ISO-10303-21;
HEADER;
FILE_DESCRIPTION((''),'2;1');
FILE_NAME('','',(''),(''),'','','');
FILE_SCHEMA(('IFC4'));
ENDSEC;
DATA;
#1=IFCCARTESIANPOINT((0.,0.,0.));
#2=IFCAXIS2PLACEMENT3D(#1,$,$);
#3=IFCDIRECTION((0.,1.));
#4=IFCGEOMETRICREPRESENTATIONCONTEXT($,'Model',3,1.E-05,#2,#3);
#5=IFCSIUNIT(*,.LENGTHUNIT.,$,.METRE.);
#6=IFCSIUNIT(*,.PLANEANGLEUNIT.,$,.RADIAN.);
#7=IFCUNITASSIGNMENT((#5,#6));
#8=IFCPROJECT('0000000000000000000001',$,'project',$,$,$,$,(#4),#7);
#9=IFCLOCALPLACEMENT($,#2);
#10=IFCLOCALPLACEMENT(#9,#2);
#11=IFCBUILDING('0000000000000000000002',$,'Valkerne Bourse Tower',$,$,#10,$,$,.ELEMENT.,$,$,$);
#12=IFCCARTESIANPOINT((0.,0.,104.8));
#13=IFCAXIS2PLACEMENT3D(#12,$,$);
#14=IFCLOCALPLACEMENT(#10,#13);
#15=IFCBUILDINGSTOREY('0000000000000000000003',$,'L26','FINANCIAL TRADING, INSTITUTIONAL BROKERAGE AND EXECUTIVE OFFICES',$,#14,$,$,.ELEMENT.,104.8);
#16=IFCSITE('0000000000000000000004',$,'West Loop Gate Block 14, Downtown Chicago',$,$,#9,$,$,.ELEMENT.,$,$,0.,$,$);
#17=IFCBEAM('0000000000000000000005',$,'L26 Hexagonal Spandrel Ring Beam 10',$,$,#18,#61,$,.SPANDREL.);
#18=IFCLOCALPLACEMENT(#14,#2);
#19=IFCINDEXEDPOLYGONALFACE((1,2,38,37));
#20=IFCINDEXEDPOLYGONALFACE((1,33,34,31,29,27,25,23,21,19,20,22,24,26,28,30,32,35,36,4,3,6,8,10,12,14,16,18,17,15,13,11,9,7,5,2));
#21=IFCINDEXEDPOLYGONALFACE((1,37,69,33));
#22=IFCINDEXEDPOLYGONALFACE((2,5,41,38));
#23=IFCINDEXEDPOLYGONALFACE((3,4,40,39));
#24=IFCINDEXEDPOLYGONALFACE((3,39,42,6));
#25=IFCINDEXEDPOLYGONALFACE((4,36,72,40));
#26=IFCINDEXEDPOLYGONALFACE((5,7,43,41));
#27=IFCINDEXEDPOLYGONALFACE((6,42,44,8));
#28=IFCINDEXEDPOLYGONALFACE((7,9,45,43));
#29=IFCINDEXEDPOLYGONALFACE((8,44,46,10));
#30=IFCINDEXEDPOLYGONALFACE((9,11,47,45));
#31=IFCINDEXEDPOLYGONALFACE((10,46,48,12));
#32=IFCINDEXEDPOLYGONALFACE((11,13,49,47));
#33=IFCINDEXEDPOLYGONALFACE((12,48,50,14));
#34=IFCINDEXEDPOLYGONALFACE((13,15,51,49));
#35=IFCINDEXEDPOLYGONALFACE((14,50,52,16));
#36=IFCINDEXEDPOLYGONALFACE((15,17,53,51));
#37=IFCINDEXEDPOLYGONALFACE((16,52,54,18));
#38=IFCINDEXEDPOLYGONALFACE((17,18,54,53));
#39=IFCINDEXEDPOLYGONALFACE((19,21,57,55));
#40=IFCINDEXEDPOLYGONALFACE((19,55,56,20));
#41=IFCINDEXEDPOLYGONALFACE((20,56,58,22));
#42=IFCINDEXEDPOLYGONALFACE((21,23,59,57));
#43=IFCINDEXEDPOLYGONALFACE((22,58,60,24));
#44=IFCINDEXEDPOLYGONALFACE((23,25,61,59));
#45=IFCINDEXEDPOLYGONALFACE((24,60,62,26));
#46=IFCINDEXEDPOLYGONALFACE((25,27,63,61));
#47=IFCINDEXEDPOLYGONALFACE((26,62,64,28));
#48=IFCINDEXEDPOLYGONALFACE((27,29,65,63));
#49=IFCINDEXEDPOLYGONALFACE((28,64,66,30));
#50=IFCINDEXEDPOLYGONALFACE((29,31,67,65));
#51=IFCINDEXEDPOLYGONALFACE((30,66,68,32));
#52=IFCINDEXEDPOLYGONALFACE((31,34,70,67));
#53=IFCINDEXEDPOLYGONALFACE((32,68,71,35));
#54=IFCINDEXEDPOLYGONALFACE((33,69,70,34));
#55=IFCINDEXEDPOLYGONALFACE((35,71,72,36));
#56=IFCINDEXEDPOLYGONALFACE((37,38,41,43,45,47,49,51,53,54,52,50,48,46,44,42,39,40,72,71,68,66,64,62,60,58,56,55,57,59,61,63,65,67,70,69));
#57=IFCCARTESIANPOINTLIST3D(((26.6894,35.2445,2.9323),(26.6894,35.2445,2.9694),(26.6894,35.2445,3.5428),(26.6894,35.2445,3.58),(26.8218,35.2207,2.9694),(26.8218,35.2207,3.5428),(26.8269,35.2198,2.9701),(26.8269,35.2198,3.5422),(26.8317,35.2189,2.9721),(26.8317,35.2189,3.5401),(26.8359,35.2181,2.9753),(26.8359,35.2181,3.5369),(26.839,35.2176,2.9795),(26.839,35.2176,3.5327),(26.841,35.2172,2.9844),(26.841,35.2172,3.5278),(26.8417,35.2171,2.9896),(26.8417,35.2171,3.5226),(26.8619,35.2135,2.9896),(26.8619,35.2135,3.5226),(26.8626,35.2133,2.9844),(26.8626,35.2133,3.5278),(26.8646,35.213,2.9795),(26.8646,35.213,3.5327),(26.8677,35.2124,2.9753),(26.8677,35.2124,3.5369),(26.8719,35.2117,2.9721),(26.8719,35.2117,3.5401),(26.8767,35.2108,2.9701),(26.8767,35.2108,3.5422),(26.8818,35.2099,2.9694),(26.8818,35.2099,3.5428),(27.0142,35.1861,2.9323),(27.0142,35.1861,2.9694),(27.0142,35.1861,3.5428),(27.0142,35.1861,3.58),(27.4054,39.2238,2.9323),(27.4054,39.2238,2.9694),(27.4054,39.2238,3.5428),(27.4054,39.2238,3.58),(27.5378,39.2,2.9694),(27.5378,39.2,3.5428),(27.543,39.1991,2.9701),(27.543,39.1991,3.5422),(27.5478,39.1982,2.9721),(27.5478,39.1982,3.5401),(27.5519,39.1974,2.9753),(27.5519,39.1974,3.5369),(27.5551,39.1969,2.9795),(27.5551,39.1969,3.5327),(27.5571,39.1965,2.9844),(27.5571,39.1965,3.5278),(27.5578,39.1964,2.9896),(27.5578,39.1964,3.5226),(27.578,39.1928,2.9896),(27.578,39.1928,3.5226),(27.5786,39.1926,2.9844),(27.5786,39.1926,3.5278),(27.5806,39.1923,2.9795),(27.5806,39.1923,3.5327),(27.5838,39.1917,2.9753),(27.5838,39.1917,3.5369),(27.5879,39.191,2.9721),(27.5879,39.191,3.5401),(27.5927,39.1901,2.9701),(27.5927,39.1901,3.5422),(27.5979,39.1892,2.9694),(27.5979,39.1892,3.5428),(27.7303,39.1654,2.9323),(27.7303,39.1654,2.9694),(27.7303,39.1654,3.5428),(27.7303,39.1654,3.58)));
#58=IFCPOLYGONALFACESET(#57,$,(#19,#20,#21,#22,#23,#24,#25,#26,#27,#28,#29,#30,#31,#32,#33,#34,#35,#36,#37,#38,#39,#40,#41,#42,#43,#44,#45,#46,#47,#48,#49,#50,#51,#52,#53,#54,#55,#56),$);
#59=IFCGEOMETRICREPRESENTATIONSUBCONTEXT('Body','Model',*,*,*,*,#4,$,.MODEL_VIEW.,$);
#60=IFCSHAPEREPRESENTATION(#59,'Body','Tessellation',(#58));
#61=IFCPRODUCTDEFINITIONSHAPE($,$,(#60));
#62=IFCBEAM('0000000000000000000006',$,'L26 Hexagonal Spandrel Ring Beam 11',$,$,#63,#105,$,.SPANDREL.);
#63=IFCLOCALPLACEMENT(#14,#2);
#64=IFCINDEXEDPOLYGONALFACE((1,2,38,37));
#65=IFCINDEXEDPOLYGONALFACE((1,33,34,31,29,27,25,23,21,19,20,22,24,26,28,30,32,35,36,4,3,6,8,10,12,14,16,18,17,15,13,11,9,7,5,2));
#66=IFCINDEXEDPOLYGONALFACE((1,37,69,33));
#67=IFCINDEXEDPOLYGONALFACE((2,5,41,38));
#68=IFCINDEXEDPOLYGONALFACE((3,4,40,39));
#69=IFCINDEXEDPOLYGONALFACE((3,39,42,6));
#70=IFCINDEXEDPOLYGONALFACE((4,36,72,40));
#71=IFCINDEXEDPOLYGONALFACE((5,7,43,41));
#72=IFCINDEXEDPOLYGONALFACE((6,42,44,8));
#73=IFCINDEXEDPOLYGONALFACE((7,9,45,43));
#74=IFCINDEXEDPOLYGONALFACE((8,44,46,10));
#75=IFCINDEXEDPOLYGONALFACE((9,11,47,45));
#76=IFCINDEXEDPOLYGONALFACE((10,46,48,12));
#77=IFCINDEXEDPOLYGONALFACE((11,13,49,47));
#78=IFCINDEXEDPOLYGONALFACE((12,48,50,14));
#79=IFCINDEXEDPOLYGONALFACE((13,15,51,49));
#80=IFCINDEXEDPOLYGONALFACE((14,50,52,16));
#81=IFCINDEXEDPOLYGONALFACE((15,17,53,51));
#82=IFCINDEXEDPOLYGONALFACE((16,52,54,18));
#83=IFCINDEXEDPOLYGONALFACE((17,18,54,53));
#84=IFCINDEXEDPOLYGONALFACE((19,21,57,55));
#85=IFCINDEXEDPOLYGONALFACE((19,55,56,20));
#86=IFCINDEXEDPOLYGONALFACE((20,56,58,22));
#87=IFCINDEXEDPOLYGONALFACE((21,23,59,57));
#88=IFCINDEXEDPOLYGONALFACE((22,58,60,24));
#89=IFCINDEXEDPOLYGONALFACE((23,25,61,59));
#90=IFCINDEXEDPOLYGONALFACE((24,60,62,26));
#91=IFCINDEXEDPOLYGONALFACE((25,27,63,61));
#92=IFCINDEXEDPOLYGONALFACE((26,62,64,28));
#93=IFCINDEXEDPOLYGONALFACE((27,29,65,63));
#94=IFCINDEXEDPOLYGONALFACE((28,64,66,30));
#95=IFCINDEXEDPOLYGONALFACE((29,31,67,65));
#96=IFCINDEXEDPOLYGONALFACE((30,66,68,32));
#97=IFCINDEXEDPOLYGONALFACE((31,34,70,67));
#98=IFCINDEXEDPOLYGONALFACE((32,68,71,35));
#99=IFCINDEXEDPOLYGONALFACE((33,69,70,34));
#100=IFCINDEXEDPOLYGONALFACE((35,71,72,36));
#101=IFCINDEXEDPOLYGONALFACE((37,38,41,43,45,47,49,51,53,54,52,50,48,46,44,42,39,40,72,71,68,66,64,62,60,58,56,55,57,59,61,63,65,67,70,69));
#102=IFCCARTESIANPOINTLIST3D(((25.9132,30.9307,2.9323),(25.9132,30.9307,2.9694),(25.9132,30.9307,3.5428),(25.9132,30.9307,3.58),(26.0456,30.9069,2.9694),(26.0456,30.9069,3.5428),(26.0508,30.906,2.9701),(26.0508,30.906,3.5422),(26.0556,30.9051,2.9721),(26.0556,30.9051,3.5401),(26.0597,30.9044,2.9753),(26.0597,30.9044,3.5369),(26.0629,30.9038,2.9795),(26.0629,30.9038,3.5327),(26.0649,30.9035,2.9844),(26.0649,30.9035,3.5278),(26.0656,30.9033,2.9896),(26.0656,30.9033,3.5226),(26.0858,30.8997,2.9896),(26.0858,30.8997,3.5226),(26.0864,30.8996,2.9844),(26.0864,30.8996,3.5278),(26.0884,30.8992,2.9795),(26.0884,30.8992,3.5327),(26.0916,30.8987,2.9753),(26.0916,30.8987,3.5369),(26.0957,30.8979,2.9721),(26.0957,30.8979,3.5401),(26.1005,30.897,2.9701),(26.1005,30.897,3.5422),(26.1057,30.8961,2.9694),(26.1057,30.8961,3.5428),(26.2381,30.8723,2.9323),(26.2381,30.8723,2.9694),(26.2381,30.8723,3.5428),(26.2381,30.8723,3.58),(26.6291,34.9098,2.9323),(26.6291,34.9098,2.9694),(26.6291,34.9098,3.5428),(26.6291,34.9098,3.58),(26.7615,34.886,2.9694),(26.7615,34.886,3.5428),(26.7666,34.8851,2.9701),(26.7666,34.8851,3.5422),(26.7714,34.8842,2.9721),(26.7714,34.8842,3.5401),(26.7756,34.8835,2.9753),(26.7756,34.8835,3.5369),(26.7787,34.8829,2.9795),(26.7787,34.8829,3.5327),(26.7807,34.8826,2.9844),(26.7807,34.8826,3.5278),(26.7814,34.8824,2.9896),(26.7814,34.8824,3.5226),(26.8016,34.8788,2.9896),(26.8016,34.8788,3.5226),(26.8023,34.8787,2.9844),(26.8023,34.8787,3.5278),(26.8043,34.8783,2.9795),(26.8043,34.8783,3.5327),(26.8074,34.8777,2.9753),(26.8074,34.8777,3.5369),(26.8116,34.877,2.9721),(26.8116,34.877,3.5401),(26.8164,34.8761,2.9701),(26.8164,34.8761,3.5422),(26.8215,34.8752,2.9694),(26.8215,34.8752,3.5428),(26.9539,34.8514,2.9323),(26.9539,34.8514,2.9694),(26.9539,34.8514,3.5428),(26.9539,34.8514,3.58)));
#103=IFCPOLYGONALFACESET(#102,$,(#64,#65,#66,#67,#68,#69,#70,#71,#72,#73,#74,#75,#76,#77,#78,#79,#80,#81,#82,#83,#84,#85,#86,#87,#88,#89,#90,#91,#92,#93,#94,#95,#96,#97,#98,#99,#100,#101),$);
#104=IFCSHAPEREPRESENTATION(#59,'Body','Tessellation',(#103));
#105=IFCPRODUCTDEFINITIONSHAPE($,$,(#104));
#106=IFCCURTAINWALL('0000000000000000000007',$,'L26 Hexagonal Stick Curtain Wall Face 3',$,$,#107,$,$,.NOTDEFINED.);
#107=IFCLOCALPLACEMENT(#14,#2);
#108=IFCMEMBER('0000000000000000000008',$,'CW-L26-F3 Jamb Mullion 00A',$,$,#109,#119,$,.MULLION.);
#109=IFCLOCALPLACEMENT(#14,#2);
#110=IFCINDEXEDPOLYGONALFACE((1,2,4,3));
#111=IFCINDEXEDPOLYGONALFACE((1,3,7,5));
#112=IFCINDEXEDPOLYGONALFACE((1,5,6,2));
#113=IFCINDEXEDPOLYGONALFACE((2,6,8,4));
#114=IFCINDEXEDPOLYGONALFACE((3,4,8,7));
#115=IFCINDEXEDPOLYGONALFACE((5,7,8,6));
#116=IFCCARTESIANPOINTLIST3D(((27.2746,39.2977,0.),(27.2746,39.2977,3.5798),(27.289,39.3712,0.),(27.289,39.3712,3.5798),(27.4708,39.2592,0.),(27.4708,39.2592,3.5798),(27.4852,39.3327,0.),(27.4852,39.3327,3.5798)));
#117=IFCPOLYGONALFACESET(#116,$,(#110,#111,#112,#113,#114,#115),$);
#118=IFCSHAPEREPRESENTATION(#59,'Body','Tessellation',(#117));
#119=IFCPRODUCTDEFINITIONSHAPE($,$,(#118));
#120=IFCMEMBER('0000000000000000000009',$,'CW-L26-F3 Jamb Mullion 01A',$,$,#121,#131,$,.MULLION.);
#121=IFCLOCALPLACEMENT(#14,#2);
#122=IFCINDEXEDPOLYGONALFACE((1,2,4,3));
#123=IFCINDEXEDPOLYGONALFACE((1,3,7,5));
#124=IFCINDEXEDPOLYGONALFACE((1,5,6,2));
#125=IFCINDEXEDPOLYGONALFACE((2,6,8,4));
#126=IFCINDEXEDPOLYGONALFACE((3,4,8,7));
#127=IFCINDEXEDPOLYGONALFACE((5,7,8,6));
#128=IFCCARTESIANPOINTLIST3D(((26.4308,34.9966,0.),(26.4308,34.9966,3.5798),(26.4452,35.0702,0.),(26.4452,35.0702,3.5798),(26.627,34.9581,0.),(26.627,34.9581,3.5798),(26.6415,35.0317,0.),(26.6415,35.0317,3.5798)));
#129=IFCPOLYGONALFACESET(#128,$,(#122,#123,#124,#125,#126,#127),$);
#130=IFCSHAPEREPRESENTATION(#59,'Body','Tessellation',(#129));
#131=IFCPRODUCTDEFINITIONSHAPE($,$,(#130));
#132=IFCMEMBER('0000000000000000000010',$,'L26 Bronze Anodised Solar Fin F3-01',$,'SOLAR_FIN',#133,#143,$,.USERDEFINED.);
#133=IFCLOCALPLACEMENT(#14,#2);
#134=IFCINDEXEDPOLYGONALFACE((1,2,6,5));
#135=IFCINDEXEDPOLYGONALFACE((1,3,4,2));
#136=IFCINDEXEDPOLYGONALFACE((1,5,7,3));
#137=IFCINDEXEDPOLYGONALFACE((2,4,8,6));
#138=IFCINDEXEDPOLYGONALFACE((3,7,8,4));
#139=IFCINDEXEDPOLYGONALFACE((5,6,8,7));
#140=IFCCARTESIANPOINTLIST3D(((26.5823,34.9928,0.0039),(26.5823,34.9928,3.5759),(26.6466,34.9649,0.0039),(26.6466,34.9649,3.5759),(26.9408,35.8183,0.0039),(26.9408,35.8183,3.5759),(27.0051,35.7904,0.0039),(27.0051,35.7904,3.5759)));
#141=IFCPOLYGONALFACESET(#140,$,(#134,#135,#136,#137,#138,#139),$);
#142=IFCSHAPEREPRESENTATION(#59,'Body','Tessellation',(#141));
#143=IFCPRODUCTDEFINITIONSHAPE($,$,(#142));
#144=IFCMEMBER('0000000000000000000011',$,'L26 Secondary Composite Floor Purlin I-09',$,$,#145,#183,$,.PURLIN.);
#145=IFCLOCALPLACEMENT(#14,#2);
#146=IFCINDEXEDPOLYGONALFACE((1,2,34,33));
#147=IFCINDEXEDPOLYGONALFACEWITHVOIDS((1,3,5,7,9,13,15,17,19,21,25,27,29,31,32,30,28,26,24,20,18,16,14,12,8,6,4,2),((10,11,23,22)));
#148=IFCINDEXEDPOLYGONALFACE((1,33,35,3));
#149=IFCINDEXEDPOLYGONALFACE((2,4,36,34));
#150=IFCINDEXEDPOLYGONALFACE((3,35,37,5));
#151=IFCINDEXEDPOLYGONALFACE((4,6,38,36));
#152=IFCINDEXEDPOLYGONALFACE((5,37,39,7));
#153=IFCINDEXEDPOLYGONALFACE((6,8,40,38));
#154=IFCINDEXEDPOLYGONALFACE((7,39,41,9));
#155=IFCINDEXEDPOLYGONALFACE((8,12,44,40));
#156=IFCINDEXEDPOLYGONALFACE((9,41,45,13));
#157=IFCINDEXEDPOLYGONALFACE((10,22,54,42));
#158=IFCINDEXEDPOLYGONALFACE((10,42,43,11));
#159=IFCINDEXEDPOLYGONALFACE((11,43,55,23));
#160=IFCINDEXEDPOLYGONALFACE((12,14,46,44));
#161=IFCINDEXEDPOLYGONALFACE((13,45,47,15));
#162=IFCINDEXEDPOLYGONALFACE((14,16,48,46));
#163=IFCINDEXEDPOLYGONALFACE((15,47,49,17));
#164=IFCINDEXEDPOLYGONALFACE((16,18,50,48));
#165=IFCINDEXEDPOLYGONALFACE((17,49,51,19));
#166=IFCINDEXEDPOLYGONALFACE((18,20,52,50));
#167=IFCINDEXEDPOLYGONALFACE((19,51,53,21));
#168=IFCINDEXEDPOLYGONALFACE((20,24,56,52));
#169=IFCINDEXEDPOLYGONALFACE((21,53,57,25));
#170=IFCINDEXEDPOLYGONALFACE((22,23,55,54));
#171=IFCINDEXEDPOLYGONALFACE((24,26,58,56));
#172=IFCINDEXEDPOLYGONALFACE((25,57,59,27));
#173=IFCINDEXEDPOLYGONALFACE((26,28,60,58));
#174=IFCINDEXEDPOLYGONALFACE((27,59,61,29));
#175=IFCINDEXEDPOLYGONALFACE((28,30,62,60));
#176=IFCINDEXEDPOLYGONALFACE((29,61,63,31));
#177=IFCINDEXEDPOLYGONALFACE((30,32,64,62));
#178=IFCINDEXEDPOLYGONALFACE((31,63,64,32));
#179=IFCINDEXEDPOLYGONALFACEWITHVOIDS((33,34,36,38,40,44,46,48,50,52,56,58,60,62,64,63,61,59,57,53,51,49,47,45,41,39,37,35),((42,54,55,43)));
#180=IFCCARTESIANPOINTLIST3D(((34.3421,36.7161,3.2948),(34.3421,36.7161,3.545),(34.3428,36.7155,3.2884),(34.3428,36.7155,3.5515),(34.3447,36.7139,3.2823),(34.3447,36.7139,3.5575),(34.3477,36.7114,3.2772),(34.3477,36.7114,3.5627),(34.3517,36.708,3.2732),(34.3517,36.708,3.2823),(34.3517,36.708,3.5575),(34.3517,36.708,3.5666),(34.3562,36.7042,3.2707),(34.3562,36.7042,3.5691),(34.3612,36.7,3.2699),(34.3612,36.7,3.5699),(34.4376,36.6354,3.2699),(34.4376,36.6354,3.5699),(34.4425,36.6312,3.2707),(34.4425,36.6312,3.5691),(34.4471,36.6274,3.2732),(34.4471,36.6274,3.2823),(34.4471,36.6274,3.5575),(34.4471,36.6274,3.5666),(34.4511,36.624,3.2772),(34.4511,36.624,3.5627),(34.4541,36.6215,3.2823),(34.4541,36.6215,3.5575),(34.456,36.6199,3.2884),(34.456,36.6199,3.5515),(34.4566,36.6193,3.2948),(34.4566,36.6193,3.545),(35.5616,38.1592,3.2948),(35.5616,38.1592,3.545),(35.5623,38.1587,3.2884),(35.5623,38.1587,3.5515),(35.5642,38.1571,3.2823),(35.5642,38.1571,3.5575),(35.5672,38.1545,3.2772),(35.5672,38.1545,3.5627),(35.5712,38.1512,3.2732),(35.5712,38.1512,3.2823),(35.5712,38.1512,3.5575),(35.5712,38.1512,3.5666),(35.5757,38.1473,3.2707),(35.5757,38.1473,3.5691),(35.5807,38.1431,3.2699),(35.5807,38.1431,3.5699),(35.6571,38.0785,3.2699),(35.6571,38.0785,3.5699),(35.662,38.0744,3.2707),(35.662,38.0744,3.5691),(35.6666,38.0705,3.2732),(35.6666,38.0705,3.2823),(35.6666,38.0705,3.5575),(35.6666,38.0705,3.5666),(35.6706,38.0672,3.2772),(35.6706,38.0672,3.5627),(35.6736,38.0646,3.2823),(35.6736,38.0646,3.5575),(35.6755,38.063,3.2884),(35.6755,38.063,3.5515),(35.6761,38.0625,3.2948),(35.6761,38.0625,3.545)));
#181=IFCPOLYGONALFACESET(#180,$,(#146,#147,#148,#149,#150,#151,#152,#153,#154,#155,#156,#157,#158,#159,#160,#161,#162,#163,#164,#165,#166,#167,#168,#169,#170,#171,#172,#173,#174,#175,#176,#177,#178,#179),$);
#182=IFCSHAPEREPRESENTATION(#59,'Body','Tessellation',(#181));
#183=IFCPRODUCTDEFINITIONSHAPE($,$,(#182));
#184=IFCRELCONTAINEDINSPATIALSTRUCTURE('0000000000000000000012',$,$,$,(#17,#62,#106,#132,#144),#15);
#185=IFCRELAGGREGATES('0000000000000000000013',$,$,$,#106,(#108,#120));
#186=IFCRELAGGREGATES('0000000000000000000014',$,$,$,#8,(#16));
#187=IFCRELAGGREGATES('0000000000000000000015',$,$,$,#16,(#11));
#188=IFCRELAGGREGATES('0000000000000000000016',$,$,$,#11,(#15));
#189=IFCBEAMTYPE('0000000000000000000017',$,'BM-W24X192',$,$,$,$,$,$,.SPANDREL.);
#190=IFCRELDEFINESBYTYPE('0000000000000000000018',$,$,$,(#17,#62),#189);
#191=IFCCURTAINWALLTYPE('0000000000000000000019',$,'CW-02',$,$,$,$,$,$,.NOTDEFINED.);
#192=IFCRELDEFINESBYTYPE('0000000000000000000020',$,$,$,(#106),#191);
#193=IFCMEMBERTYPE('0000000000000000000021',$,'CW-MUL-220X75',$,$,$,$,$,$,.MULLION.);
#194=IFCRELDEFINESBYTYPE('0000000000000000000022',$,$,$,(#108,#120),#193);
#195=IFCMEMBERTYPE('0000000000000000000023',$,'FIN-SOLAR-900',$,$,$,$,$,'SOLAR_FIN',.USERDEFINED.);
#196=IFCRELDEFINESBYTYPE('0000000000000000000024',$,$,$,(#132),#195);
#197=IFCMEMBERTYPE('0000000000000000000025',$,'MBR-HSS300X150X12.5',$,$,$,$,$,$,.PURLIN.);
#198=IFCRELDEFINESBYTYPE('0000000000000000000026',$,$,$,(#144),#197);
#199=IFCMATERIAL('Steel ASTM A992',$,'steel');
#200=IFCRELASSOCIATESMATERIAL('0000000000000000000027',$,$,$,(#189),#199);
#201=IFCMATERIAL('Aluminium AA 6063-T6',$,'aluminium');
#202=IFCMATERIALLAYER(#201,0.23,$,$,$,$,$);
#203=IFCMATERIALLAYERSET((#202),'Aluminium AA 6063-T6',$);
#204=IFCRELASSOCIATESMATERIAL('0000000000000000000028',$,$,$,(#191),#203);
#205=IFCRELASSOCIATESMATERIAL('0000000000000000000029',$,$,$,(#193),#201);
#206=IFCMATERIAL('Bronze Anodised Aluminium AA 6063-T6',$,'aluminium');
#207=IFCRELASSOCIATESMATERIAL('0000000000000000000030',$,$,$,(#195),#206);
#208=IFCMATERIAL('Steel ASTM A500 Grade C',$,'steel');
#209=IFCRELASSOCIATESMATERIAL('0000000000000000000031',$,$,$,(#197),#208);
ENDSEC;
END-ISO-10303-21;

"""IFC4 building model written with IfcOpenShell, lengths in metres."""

from ifc_helpers import new_model, si_unit, direction, frame, origin, origin_2d, place, context, subcontext, project, spatial, rectangle, hollow_rectangle, i_section, extrude, material, layer, layer_set, material_profile, profile_set, type_object, element, aggregate, save


model = new_model("IFC4")

# Units and contexts
model_context = context("Model", 3, precision=1e-05, world=origin(), true_north=direction((0.0, 1.0)))
body_context = subcontext(model_context, "Body", "Model", "MODEL_VIEW")
ifc_project = project(units=[si_unit("LENGTHUNIT", "METRE"), si_unit("PLANEANGLEUNIT", "RADIAN")], contexts=[model_context])

# Site, building, storey
site_placement = place(None, origin())
site = spatial("IfcSite", under=ifc_project, at=site_placement, Name="West Loop Gate Block 14, Downtown Chicago", CompositionType="ELEMENT", RefElevation=0.0)
building_placement = place(site_placement, origin())
building = spatial("IfcBuilding", under=site, at=building_placement, Name="Valkerne Bourse Tower", CompositionType="ELEMENT")
storey_placement = place(building_placement, frame((0.0, 0.0, 104.8)))
storey = spatial("IfcBuildingStorey", under=building, at=storey_placement, Name="L26", Description="FINANCIAL TRADING, INSTITUTIONAL BROKERAGE AND EXECUTIVE OFFICES", CompositionType="ELEMENT", Elevation=104.8)

# Beams
ifc_material_1 = material(Name="Steel ASTM A992", Category="steel")
ifc_material_profile_1 = material_profile(ifc_material_1, i_section(OverallWidth=0.3301, OverallDepth=0.6477, WebThickness=0.0205, FlangeThickness=0.0371, FilletRadius=0.0203, at=origin_2d()), Name="W24X192")
ifc_profile_set_1 = profile_set([ifc_material_profile_1], Name="Steel ASTM A992")
beam_type_1 = type_object("IfcBeamType", Name="BM-W24X192", PredefinedType="SPANDREL", material=ifc_profile_set_1)
beam_1_placement = place(storey_placement, frame((27.5679, 39.1946, 3.2561), z_axis=(-0.177105, -0.984192, 0.0), x_axis=(0.984192, -0.177105, 0.0)))
element("IfcBeam", 1, at=beam_1_placement, inside=storey, type_object=beam_type_1, Name="L26 Hexagonal Spandrel Ring Beam 10", PredefinedType="SPANDREL", context=body_context, shape_type="SweptSolid", body=[
    extrude(i_section(OverallWidth=0.3301, OverallDepth=0.6477, WebThickness=0.0205, FlangeThickness=0.0371, FilletRadius=0.0203, at=origin_2d()), origin(), (0.0, 0.0, 1.0), 4.0432),
])
beam_2_placement = place(storey_placement, frame((26.7915, 34.8806, 3.2561), z_axis=(-0.177057, -0.984201, 0.0), x_axis=(0.984201, -0.177057, 0.0)))
element("IfcBeam", 2, at=beam_2_placement, inside=storey, type_object=beam_type_1, Name="L26 Hexagonal Spandrel Ring Beam 11", PredefinedType="SPANDREL", context=body_context, shape_type="SweptSolid", body=[
    extrude(i_section(OverallWidth=0.3301, OverallDepth=0.6477, WebThickness=0.0205, FlangeThickness=0.0371, FilletRadius=0.0203, at=origin_2d()), origin(), (0.0, 0.0, 1.0), 4.043),
])

# Curtain wall, members
ifc_material_2 = material(Name="Aluminium AA 6063-T6", Category="aluminium")
ifc_layer_1 = layer(ifc_material_2, 0.23)
ifc_layer_set_1 = layer_set([ifc_layer_1], Name="Aluminium AA 6063-T6")
curtain_wall_type = type_object("IfcCurtainWallType", Name="CW-02", PredefinedType="NOTDEFINED", material=ifc_layer_set_1)
curtain_wall_placement = place(storey_placement, origin())
curtain_wall = element("IfcCurtainWall", 3, at=curtain_wall_placement, inside=storey, type_object=curtain_wall_type, Name="L26 Hexagonal Stick Curtain Wall Face 3", PredefinedType="NOTDEFINED")
ifc_material_profile_2 = material_profile(ifc_material_2, rectangle(XDim=0.075, YDim=0.2, at=origin_2d()), Name="CWM-75X200")
ifc_profile_set_2 = profile_set([ifc_material_profile_2], Name="Aluminium AA 6063-T6")
member_type_1 = type_object("IfcMemberType", Name="CW-MUL-220X75", PredefinedType="MULLION", material=ifc_profile_set_2)
member_1_placement = place(storey_placement, frame((27.3799, 39.3152, 0.0), z_axis=(0.0, 0.0, 1.0), x_axis=(-0.192517, -0.981294, 0.0)))
member_1 = element("IfcMember", 4, at=member_1_placement, type_object=member_type_1, Name="CW-L26-F3 Jamb Mullion 00A", PredefinedType="MULLION", context=body_context, shape_type="SweptSolid", body=[
    extrude(rectangle(XDim=0.075, YDim=0.2, at=origin_2d()), origin(), (0.0, 0.0, 1.0), 3.5798),
])
member_2_placement = place(storey_placement, frame((26.5361, 35.0142, 0.0), z_axis=(0.0, 0.0, 1.0), x_axis=(-0.192513, -0.981294, 0.0)))
member_2 = element("IfcMember", 5, at=member_2_placement, type_object=member_type_1, Name="CW-L26-F3 Jamb Mullion 01A", PredefinedType="MULLION", context=body_context, shape_type="SweptSolid", body=[
    extrude(rectangle(XDim=0.075, YDim=0.2, at=origin_2d()), origin(), (0.0, 0.0, 1.0), 3.5798),
])

# Members
ifc_material_3 = material(Name="Bronze Anodised Aluminium AA 6063-T6", Category="aluminium")
ifc_material_profile_3 = material_profile(ifc_material_3, rectangle(XDim=0.0701, YDim=0.8999, at=origin_2d()), Name="FIN-70X900")
ifc_profile_set_3 = profile_set([ifc_material_profile_3], Name="Bronze Anodised Aluminium AA 6063-T6")
member_type_2 = type_object("IfcMemberType", Name="FIN-SOLAR-900", ElementType="SOLAR_FIN", PredefinedType="USERDEFINED", material=ifc_profile_set_3)
member_3_placement = place(storey_placement, frame((26.7937, 35.3916, 0.0039), z_axis=(0.0, 0.0, 1.0), x_axis=(-0.917254, 0.398303, 0.0)))
element("IfcMember", 6, at=member_3_placement, inside=storey, type_object=member_type_2, Name="L26 Bronze Anodised Solar Fin F3-01", ObjectType="SOLAR_FIN", PredefinedType="USERDEFINED", context=body_context, shape_type="SweptSolid", body=[
    extrude(rectangle(XDim=0.0701, YDim=0.8999, at=origin_2d()), origin(), (0.0, 0.0, 1.0), 3.572),
])
ifc_material_4 = material(Name="Steel ASTM A500 Grade C", Category="steel")
ifc_material_profile_4 = material_profile(ifc_material_4, hollow_rectangle(XDim=0.1499, YDim=0.3, WallThickness=0.0125, OuterFilletRadius=0.0249, at=origin_2d()), Name="HSS300X150X12.5")
ifc_profile_set_4 = profile_set([ifc_material_profile_4], Name="Steel ASTM A500 Grade C")
member_type_3 = type_object("IfcMemberType", Name="MBR-HSS300X150X12.5", PredefinedType="PURLIN", material=ifc_profile_set_4)
member_4_placement = place(storey_placement, frame((35.6189, 38.1108, 3.4199), z_axis=(-0.645444, -0.763808, 0.0), x_axis=(0.763808, -0.645444, 0.0)))
element("IfcMember", 7, at=member_4_placement, inside=storey, type_object=member_type_3, Name="L26 Secondary Composite Floor Purlin I-09", PredefinedType="PURLIN", context=body_context, shape_type="SweptSolid", body=[
    extrude(hollow_rectangle(XDim=0.1499, YDim=0.3, WallThickness=0.0125, OuterFilletRadius=0.0249, at=origin_2d()), origin(), (0.0, 0.0, 1.0), 1.8894),
])

aggregate(curtain_wall, [member_1, member_2])

save(model, "model.ifc")
